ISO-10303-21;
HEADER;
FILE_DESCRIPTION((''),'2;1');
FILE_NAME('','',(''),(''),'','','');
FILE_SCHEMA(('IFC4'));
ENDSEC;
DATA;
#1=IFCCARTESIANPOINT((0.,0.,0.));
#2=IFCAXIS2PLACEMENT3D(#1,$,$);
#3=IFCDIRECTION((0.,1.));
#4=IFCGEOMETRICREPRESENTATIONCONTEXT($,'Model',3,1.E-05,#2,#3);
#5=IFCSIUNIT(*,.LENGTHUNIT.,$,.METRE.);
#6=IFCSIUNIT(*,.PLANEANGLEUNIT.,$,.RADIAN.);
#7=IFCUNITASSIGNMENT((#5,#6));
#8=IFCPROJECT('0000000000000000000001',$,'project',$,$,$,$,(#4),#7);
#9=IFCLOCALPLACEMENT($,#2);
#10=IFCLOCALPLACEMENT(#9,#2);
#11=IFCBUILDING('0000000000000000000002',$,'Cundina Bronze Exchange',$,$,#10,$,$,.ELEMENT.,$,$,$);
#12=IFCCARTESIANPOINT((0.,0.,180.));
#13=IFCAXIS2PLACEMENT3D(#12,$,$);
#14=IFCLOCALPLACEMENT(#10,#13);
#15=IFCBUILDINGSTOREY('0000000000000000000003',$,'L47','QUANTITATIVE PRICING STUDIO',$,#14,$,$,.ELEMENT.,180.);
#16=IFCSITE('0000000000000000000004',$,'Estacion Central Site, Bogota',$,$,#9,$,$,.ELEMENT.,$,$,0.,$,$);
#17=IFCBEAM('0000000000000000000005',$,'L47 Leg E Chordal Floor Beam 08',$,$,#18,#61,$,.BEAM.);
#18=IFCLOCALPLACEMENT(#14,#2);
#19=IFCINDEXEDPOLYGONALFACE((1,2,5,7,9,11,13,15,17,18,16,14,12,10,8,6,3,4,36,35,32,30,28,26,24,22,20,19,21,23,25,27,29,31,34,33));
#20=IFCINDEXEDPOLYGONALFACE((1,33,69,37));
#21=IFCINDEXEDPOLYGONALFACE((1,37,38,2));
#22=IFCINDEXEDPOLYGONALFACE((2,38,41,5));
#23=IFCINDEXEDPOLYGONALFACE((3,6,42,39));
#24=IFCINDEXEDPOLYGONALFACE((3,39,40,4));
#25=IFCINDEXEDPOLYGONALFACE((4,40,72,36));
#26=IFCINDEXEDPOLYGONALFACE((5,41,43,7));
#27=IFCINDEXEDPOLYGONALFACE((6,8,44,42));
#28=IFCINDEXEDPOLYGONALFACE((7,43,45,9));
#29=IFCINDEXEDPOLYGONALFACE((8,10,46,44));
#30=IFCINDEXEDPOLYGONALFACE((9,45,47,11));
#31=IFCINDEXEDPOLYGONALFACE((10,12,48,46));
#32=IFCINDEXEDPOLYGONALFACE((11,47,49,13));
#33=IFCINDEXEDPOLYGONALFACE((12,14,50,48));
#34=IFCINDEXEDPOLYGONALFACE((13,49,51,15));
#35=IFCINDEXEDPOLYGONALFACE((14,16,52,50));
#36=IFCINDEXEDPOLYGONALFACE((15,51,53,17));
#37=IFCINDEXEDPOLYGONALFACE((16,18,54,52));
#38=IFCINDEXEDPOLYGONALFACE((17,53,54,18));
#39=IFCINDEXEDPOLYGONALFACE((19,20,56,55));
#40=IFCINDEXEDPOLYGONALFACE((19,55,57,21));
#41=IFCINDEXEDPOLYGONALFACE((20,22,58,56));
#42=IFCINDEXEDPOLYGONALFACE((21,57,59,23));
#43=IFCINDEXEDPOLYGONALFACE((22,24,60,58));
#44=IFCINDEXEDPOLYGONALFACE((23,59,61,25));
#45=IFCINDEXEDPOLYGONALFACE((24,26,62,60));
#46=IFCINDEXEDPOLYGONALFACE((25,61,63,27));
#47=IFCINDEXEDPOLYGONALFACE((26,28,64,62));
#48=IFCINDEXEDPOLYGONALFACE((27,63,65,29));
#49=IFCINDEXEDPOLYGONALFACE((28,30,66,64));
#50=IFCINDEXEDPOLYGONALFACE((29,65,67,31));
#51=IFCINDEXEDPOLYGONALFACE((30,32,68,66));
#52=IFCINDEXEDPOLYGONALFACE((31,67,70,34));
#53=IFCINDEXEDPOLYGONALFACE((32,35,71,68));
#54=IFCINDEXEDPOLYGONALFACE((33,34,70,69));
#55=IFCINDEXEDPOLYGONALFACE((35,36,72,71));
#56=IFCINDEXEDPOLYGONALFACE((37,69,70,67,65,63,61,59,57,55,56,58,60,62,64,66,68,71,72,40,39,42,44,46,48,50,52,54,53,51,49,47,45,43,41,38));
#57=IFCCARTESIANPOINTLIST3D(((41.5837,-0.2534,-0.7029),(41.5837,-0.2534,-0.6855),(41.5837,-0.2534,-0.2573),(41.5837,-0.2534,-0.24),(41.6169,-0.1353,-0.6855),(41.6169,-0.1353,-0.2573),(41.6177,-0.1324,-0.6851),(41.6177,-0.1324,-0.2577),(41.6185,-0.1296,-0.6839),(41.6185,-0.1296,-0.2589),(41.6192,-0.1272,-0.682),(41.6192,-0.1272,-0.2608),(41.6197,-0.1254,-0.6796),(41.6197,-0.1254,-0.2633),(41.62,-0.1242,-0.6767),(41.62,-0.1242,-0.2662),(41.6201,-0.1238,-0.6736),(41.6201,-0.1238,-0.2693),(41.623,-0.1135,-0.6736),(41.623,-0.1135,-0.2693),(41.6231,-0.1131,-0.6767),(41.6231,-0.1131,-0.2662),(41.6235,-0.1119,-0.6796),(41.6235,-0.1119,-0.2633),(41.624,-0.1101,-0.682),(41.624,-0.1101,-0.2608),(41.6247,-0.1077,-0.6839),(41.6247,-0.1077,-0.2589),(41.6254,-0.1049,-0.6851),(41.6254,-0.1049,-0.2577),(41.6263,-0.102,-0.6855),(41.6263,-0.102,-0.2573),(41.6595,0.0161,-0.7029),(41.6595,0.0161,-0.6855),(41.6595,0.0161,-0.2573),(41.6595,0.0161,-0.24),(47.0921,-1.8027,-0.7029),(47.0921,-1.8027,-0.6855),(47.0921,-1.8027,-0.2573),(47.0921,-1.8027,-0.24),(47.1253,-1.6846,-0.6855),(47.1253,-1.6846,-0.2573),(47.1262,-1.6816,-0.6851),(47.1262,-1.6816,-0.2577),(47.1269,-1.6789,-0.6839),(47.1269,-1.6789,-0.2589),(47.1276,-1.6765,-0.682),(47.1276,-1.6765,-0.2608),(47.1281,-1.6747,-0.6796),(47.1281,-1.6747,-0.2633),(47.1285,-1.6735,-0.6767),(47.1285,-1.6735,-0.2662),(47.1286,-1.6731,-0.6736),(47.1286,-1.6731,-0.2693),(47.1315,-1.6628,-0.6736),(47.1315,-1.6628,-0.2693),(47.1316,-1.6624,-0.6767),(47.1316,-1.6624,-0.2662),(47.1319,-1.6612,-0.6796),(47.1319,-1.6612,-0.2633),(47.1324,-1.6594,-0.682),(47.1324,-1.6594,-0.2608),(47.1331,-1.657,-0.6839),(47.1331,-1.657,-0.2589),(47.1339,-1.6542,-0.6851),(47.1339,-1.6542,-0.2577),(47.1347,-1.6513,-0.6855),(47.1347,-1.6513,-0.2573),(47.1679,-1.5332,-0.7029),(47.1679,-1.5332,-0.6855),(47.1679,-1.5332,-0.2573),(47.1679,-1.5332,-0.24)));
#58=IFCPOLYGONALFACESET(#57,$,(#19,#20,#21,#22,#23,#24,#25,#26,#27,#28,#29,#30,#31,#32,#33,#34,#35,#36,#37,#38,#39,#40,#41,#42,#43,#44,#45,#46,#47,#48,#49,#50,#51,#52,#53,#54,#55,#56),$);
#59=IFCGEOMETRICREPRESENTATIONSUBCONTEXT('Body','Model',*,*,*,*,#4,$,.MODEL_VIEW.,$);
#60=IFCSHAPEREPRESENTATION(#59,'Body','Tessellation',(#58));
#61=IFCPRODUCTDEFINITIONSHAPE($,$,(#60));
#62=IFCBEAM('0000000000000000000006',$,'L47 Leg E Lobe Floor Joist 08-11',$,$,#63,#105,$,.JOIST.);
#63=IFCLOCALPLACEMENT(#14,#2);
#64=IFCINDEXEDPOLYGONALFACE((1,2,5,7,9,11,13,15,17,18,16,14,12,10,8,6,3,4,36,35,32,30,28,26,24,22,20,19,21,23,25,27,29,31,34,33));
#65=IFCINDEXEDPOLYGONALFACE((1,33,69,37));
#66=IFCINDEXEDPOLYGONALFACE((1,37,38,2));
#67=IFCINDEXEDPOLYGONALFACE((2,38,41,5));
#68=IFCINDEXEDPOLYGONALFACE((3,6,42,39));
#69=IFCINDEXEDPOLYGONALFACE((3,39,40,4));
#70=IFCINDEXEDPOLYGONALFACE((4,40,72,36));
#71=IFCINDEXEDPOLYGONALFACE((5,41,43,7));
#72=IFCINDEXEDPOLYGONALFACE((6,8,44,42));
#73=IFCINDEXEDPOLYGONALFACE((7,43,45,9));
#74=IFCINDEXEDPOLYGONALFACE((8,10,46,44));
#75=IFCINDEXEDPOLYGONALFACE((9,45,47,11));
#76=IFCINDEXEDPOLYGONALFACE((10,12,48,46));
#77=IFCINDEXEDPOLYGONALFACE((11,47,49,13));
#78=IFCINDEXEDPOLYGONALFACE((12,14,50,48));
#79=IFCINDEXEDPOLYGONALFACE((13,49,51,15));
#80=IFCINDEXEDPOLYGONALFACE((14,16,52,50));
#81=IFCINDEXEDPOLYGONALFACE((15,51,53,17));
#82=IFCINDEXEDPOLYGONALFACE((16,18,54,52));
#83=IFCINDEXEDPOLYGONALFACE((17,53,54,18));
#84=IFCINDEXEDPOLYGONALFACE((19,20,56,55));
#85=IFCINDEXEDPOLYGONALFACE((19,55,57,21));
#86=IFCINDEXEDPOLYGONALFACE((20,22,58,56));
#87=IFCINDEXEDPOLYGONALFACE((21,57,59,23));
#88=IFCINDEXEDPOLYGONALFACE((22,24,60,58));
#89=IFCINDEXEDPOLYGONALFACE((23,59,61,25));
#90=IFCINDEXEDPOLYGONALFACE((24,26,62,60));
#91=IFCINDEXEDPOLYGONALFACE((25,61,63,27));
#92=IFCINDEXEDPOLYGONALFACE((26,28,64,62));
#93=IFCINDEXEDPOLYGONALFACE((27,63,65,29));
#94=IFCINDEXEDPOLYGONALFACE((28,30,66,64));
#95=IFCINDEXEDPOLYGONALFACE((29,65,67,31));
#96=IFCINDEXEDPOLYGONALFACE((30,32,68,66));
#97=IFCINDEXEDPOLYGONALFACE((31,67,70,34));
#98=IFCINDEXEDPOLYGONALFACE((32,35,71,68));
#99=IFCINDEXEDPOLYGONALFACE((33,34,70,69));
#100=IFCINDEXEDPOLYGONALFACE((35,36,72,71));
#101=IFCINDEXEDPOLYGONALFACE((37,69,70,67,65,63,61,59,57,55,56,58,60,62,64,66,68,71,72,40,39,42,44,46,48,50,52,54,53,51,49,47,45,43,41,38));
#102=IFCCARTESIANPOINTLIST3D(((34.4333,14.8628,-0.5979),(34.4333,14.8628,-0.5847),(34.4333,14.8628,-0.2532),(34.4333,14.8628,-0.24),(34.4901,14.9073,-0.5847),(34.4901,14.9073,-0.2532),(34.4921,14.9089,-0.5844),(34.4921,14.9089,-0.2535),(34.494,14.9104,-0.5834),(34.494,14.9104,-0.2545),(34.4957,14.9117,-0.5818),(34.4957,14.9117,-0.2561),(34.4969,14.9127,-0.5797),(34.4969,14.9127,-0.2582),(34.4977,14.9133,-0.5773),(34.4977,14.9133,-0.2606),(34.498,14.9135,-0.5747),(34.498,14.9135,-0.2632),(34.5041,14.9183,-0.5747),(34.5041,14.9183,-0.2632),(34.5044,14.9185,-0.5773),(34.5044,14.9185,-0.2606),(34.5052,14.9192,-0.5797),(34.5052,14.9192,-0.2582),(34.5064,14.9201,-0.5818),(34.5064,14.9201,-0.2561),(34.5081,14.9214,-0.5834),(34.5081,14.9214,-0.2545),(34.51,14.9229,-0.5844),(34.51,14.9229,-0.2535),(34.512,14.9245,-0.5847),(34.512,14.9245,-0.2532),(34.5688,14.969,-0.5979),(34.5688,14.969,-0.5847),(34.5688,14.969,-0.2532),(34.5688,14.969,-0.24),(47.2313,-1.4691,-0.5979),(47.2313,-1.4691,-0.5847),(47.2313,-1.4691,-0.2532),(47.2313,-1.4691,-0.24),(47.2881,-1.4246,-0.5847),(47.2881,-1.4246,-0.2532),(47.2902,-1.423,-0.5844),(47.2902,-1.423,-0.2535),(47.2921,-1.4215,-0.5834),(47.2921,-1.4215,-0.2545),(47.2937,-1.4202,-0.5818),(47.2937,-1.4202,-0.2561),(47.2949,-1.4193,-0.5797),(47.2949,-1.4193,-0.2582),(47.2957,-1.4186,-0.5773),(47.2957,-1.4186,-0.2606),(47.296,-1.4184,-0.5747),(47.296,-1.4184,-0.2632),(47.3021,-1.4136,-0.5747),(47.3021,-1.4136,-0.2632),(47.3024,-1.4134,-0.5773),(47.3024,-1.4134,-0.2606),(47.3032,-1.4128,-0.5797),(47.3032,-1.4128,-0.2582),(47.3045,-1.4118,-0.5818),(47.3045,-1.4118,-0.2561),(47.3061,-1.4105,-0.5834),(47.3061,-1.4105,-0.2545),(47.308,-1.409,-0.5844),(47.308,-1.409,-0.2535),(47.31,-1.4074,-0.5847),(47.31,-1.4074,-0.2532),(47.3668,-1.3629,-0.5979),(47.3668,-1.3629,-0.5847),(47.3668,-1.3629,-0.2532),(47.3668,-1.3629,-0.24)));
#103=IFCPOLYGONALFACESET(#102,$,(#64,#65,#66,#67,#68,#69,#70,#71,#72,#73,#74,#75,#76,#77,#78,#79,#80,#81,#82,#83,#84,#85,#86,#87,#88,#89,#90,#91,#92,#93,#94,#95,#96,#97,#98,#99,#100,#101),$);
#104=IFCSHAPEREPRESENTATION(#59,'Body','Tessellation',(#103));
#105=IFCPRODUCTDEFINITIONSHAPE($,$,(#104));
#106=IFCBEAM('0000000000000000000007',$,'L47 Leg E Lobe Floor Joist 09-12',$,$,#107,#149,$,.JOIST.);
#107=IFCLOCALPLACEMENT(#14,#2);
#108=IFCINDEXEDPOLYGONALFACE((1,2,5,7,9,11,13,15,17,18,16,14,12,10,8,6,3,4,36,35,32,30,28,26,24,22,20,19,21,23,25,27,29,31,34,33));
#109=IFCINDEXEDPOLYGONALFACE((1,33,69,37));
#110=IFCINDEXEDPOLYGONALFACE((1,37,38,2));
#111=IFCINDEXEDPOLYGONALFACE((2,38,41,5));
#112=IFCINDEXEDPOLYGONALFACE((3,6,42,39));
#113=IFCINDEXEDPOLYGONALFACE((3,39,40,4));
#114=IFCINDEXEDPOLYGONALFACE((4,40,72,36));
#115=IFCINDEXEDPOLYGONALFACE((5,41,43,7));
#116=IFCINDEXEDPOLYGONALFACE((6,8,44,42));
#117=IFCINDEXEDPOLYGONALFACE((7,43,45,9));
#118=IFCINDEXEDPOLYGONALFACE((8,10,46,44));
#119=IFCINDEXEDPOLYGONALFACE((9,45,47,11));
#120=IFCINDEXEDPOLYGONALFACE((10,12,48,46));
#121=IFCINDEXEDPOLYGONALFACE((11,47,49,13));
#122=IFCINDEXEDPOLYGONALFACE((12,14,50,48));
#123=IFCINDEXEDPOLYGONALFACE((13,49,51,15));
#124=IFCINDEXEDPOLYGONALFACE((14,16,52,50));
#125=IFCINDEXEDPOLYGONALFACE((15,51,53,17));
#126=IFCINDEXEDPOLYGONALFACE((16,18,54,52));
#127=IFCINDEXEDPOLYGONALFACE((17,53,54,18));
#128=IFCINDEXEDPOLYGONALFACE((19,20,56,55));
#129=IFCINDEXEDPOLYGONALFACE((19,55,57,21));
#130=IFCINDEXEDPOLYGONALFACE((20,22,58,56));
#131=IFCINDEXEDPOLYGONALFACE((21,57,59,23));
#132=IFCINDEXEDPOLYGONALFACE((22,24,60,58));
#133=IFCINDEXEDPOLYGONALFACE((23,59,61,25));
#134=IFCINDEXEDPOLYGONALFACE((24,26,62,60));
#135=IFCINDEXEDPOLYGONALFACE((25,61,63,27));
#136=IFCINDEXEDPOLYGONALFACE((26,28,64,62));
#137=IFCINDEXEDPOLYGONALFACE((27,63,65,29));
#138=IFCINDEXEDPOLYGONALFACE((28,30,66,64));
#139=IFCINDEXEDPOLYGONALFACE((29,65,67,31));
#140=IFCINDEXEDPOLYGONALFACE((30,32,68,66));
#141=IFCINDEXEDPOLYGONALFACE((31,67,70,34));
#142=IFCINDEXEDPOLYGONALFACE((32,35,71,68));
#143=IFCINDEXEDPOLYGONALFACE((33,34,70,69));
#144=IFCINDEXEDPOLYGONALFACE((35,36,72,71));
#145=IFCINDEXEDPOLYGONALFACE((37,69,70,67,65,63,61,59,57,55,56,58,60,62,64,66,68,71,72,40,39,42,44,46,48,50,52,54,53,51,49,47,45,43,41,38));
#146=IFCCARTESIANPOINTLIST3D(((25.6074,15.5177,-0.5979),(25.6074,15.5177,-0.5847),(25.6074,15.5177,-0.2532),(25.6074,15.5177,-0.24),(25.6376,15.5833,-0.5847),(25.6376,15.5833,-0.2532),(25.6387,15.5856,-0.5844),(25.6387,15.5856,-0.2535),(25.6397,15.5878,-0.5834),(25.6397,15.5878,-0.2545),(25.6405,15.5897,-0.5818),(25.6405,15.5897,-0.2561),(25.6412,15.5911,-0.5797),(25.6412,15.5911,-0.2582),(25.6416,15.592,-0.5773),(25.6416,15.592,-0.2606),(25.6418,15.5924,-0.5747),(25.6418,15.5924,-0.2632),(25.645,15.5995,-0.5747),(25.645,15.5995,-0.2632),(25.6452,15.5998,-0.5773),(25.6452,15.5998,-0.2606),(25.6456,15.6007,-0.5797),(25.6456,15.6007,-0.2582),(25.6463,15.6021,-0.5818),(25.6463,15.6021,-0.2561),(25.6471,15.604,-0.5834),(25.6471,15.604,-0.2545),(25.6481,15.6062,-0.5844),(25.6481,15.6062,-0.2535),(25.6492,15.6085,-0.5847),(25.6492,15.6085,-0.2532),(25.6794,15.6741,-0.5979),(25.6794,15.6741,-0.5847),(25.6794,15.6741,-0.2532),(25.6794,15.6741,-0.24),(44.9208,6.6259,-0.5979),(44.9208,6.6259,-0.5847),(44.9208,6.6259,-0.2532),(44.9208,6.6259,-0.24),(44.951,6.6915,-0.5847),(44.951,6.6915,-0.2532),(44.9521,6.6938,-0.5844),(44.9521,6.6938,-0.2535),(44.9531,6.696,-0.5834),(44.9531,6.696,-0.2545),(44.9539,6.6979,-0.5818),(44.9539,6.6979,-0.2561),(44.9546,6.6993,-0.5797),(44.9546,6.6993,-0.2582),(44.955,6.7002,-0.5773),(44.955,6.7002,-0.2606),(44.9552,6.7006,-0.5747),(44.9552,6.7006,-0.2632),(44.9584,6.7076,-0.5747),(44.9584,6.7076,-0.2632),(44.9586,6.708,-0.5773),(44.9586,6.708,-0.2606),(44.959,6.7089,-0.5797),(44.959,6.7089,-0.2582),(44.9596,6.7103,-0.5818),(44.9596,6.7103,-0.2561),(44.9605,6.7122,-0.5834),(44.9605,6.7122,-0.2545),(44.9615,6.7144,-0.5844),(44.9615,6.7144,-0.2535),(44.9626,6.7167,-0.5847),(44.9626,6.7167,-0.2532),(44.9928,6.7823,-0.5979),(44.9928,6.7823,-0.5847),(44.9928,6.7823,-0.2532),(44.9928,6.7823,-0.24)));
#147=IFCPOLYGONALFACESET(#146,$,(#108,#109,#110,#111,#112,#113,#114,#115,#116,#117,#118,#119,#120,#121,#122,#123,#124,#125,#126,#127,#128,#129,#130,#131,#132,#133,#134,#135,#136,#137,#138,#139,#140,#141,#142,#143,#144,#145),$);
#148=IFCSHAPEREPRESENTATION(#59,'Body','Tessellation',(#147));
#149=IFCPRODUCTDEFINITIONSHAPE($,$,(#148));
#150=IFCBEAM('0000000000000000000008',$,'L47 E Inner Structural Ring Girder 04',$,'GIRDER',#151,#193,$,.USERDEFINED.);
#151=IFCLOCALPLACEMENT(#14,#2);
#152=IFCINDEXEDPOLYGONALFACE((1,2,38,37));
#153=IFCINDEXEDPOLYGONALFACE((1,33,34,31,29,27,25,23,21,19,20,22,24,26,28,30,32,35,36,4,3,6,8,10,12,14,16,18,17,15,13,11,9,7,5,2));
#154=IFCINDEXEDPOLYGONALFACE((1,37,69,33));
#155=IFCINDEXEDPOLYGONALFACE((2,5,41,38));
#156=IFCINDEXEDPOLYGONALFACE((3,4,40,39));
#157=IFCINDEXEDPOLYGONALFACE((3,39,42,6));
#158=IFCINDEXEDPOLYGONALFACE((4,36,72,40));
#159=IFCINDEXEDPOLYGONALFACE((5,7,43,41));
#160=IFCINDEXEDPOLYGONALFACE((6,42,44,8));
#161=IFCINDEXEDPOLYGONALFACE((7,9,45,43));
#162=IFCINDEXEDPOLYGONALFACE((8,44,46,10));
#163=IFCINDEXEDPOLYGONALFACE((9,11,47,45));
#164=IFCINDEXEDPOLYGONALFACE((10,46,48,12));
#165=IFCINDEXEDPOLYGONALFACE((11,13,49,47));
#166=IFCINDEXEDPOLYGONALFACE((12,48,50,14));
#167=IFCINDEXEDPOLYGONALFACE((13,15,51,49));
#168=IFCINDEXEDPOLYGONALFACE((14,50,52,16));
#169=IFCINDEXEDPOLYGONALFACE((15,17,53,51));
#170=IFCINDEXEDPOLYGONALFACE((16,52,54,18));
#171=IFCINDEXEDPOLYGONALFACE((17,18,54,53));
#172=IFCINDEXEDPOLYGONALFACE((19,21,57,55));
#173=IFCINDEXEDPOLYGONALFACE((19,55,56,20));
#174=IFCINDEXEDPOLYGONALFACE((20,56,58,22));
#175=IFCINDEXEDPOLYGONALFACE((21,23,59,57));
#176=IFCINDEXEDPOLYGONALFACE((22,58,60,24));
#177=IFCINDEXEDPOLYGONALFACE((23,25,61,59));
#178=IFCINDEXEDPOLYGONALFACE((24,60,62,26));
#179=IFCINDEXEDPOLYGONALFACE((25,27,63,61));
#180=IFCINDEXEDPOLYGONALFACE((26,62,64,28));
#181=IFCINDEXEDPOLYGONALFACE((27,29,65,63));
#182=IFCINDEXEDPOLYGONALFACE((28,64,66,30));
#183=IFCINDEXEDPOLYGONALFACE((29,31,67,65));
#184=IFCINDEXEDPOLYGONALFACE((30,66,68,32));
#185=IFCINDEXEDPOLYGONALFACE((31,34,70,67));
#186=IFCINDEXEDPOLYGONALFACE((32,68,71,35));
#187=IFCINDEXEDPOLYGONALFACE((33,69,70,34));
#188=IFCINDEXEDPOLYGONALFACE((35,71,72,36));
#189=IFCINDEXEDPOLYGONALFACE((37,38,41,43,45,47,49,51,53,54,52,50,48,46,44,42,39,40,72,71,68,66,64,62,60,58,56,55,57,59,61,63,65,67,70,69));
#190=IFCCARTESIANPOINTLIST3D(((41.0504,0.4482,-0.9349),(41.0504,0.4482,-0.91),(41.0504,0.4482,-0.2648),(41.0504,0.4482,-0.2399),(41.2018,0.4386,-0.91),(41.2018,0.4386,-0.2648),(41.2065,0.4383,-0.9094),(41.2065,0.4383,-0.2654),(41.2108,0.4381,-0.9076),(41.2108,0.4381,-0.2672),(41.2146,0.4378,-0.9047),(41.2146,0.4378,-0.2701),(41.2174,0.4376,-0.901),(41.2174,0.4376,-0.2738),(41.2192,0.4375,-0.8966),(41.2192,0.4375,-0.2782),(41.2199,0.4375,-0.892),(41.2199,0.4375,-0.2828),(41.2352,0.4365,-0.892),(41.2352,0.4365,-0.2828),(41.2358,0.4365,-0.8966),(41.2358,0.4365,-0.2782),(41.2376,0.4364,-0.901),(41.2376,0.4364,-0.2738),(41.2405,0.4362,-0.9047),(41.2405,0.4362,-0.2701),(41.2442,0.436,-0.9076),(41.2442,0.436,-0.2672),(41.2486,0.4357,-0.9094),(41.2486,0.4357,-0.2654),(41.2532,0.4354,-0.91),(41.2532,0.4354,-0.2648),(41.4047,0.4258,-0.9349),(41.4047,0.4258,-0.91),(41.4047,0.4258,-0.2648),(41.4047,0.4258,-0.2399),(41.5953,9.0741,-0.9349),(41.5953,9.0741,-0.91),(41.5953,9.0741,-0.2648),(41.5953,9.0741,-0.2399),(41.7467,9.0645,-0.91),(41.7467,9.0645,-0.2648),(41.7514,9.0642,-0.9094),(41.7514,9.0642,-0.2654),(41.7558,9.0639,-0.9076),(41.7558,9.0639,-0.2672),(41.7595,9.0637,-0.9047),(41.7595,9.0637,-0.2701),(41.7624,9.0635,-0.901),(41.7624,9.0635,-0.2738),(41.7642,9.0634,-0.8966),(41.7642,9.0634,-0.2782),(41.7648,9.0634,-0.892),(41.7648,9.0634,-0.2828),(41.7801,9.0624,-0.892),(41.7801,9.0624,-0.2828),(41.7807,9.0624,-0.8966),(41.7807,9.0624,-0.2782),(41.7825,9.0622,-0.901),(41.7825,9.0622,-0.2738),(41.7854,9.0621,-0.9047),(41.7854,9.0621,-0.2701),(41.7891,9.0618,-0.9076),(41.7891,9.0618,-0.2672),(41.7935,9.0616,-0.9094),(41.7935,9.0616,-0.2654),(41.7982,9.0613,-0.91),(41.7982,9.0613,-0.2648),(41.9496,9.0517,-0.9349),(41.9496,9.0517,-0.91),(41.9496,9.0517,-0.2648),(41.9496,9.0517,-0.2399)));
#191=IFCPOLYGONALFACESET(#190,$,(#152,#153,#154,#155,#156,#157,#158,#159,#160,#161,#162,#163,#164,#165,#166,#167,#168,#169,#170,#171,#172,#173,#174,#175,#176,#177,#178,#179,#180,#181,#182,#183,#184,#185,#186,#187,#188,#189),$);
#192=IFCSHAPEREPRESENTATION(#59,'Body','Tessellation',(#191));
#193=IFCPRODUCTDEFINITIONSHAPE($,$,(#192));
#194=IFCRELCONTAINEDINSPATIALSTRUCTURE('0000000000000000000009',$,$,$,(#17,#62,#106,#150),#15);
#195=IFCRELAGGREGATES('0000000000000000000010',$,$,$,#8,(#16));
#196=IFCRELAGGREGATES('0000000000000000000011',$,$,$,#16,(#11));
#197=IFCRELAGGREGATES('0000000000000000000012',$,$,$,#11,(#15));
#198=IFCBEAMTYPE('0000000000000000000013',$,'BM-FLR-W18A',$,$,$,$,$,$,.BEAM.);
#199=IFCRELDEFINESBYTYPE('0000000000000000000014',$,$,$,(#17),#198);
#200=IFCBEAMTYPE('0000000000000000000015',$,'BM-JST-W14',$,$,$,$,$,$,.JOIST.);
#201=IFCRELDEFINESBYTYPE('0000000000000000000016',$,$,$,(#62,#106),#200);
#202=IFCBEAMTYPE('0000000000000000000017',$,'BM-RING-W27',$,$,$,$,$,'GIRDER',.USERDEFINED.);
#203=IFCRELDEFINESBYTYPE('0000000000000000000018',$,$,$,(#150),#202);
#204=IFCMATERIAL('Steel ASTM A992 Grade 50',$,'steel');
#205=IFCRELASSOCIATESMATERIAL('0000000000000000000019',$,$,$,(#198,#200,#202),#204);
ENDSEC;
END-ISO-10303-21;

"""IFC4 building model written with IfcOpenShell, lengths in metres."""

from ifc_helpers import new_model, si_unit, direction, frame, origin, origin_2d, place, context, subcontext, project, spatial, i_section, extrude, material, material_profile, profile_set, type_object, element, save


model = new_model("IFC4")

# Units and contexts
model_context = context("Model", 3, precision=1e-05, world=origin(), true_north=direction((0.0, 1.0)))
body_context = subcontext(model_context, "Body", "Model", "MODEL_VIEW")
ifc_project = project(units=[si_unit("LENGTHUNIT", "METRE"), si_unit("PLANEANGLEUNIT", "RADIAN")], contexts=[model_context])

# Site, building, storey
site_placement = place(None, origin())
site = spatial("IfcSite", under=ifc_project, at=site_placement, Name="Estacion Central Site, Bogota", CompositionType="ELEMENT", RefElevation=0.0)
building_placement = place(site_placement, origin())
building = spatial("IfcBuilding", under=site, at=building_placement, Name="Cundina Bronze Exchange", CompositionType="ELEMENT")
storey_placement = place(building_placement, frame((0.0, 0.0, 180.0)))
storey = spatial("IfcBuildingStorey", under=building, at=storey_placement, Name="L47", Description="QUANTITATIVE PRICING STUDIO", CompositionType="ELEMENT", Elevation=180.0)

# Shared definitions
ifc_material_1 = material(Name="Steel ASTM A992 Grade 50", Category="steel")

# Beams
ifc_material_profile_1 = material_profile(ifc_material_1, i_section(OverallWidth=0.28, OverallDepth=0.4629, WebThickness=0.0107, FlangeThickness=0.0173, FilletRadius=0.012, at=origin_2d()), Name="W18X76", Category="steel")
ifc_profile_set_1 = profile_set([ifc_material_profile_1], Name="Steel ASTM A992 Grade 50")
beam_type_1 = type_object("IfcBeamType", Name="BM-FLR-W18A", PredefinedType="BEAM", material=ifc_profile_set_1)
beam_1_placement = place(storey_placement, frame((41.6216, -0.1187, -0.4714), z_axis=(0.962649, -0.270752, 0.0), x_axis=(0.270752, 0.962649, 0.0)))
element("IfcBeam", 1, at=beam_1_placement, inside=storey, type_object=beam_type_1, Name="L47 Leg E Chordal Floor Beam 08", PredefinedType="BEAM", context=body_context, shape_type="SweptSolid", body=[
    extrude(i_section(OverallWidth=0.28, OverallDepth=0.4629, WebThickness=0.0107, FlangeThickness=0.0173, FilletRadius=0.012, at=origin_2d()), origin(), (0.0, 0.0, 1.0), 5.7222),
])
ifc_material_profile_2 = material_profile(ifc_material_1, i_section(OverallWidth=0.1721, OverallDepth=0.3579, WebThickness=0.0078, FlangeThickness=0.0132, FilletRadius=0.01, at=origin_2d()), Name="W14X38", Category="steel")
ifc_profile_set_2 = profile_set([ifc_material_profile_2], Name="Steel ASTM A992 Grade 50")
beam_type_2 = type_object("IfcBeamType", Name="BM-JST-W14", PredefinedType="JOIST", material=ifc_profile_set_2)
beam_2_placement = place(storey_placement, frame((47.2991, -1.416, -0.4189), z_axis=(-0.616801, 0.787119, 0.0), x_axis=(-0.787119, -0.616801, 0.0)))
element("IfcBeam", 2, at=beam_2_placement, inside=storey, type_object=beam_type_2, Name="L47 Leg E Lobe Floor Joist 08-11", PredefinedType="JOIST", context=body_context, shape_type="SweptSolid", body=[
    extrude(i_section(OverallWidth=0.1721, OverallDepth=0.3579, WebThickness=0.0078, FlangeThickness=0.0132, FilletRadius=0.01, at=origin_2d()), origin(), (0.0, 0.0, 1.0), 20.749),
])
beam_3_placement = place(storey_placement, frame((44.9568, 6.7041, -0.4189), z_axis=(-0.908354, 0.418202, 0.0), x_axis=(-0.418202, -0.908354, 0.0)))
element("IfcBeam", 3, at=beam_3_placement, inside=storey, type_object=beam_type_2, Name="L47 Leg E Lobe Floor Joist 09-12", PredefinedType="JOIST", context=body_context, shape_type="SweptSolid", body=[
    extrude(i_section(OverallWidth=0.1721, OverallDepth=0.3579, WebThickness=0.0078, FlangeThickness=0.0132, FilletRadius=0.01, at=origin_2d()), origin(), (0.0, 0.0, 1.0), 21.262),
])
ifc_material_profile_3 = material_profile(ifc_material_1, i_section(OverallWidth=0.355, OverallDepth=0.6951, WebThickness=0.0154, FlangeThickness=0.0249, FilletRadius=0.0181, at=origin_2d()), Name="W27X146", Category="steel")
ifc_profile_set_3 = profile_set([ifc_material_profile_3], Name="Steel ASTM A992 Grade 50")
beam_type_3 = type_object("IfcBeamType", Name="BM-RING-W27", ElementType="GIRDER", PredefinedType="USERDEFINED", material=ifc_profile_set_3)
beam_4_placement = place(storey_placement, frame((41.2275, 0.437, -0.5874), z_axis=(0.063047, 0.998011, 0.0), x_axis=(-0.998011, 0.063047, 0.0)))
element("IfcBeam", 4, at=beam_4_placement, inside=storey, type_object=beam_type_3, Name="L47 E Inner Structural Ring Girder 04", ObjectType="GIRDER", PredefinedType="USERDEFINED", context=body_context, shape_type="SweptSolid", body=[
    extrude(i_section(OverallWidth=0.355, OverallDepth=0.6951, WebThickness=0.0154, FlangeThickness=0.0249, FilletRadius=0.0181, at=origin_2d()), origin(), (0.0, 0.0, 1.0), 8.6431),
])

save(model, "model.ifc")
